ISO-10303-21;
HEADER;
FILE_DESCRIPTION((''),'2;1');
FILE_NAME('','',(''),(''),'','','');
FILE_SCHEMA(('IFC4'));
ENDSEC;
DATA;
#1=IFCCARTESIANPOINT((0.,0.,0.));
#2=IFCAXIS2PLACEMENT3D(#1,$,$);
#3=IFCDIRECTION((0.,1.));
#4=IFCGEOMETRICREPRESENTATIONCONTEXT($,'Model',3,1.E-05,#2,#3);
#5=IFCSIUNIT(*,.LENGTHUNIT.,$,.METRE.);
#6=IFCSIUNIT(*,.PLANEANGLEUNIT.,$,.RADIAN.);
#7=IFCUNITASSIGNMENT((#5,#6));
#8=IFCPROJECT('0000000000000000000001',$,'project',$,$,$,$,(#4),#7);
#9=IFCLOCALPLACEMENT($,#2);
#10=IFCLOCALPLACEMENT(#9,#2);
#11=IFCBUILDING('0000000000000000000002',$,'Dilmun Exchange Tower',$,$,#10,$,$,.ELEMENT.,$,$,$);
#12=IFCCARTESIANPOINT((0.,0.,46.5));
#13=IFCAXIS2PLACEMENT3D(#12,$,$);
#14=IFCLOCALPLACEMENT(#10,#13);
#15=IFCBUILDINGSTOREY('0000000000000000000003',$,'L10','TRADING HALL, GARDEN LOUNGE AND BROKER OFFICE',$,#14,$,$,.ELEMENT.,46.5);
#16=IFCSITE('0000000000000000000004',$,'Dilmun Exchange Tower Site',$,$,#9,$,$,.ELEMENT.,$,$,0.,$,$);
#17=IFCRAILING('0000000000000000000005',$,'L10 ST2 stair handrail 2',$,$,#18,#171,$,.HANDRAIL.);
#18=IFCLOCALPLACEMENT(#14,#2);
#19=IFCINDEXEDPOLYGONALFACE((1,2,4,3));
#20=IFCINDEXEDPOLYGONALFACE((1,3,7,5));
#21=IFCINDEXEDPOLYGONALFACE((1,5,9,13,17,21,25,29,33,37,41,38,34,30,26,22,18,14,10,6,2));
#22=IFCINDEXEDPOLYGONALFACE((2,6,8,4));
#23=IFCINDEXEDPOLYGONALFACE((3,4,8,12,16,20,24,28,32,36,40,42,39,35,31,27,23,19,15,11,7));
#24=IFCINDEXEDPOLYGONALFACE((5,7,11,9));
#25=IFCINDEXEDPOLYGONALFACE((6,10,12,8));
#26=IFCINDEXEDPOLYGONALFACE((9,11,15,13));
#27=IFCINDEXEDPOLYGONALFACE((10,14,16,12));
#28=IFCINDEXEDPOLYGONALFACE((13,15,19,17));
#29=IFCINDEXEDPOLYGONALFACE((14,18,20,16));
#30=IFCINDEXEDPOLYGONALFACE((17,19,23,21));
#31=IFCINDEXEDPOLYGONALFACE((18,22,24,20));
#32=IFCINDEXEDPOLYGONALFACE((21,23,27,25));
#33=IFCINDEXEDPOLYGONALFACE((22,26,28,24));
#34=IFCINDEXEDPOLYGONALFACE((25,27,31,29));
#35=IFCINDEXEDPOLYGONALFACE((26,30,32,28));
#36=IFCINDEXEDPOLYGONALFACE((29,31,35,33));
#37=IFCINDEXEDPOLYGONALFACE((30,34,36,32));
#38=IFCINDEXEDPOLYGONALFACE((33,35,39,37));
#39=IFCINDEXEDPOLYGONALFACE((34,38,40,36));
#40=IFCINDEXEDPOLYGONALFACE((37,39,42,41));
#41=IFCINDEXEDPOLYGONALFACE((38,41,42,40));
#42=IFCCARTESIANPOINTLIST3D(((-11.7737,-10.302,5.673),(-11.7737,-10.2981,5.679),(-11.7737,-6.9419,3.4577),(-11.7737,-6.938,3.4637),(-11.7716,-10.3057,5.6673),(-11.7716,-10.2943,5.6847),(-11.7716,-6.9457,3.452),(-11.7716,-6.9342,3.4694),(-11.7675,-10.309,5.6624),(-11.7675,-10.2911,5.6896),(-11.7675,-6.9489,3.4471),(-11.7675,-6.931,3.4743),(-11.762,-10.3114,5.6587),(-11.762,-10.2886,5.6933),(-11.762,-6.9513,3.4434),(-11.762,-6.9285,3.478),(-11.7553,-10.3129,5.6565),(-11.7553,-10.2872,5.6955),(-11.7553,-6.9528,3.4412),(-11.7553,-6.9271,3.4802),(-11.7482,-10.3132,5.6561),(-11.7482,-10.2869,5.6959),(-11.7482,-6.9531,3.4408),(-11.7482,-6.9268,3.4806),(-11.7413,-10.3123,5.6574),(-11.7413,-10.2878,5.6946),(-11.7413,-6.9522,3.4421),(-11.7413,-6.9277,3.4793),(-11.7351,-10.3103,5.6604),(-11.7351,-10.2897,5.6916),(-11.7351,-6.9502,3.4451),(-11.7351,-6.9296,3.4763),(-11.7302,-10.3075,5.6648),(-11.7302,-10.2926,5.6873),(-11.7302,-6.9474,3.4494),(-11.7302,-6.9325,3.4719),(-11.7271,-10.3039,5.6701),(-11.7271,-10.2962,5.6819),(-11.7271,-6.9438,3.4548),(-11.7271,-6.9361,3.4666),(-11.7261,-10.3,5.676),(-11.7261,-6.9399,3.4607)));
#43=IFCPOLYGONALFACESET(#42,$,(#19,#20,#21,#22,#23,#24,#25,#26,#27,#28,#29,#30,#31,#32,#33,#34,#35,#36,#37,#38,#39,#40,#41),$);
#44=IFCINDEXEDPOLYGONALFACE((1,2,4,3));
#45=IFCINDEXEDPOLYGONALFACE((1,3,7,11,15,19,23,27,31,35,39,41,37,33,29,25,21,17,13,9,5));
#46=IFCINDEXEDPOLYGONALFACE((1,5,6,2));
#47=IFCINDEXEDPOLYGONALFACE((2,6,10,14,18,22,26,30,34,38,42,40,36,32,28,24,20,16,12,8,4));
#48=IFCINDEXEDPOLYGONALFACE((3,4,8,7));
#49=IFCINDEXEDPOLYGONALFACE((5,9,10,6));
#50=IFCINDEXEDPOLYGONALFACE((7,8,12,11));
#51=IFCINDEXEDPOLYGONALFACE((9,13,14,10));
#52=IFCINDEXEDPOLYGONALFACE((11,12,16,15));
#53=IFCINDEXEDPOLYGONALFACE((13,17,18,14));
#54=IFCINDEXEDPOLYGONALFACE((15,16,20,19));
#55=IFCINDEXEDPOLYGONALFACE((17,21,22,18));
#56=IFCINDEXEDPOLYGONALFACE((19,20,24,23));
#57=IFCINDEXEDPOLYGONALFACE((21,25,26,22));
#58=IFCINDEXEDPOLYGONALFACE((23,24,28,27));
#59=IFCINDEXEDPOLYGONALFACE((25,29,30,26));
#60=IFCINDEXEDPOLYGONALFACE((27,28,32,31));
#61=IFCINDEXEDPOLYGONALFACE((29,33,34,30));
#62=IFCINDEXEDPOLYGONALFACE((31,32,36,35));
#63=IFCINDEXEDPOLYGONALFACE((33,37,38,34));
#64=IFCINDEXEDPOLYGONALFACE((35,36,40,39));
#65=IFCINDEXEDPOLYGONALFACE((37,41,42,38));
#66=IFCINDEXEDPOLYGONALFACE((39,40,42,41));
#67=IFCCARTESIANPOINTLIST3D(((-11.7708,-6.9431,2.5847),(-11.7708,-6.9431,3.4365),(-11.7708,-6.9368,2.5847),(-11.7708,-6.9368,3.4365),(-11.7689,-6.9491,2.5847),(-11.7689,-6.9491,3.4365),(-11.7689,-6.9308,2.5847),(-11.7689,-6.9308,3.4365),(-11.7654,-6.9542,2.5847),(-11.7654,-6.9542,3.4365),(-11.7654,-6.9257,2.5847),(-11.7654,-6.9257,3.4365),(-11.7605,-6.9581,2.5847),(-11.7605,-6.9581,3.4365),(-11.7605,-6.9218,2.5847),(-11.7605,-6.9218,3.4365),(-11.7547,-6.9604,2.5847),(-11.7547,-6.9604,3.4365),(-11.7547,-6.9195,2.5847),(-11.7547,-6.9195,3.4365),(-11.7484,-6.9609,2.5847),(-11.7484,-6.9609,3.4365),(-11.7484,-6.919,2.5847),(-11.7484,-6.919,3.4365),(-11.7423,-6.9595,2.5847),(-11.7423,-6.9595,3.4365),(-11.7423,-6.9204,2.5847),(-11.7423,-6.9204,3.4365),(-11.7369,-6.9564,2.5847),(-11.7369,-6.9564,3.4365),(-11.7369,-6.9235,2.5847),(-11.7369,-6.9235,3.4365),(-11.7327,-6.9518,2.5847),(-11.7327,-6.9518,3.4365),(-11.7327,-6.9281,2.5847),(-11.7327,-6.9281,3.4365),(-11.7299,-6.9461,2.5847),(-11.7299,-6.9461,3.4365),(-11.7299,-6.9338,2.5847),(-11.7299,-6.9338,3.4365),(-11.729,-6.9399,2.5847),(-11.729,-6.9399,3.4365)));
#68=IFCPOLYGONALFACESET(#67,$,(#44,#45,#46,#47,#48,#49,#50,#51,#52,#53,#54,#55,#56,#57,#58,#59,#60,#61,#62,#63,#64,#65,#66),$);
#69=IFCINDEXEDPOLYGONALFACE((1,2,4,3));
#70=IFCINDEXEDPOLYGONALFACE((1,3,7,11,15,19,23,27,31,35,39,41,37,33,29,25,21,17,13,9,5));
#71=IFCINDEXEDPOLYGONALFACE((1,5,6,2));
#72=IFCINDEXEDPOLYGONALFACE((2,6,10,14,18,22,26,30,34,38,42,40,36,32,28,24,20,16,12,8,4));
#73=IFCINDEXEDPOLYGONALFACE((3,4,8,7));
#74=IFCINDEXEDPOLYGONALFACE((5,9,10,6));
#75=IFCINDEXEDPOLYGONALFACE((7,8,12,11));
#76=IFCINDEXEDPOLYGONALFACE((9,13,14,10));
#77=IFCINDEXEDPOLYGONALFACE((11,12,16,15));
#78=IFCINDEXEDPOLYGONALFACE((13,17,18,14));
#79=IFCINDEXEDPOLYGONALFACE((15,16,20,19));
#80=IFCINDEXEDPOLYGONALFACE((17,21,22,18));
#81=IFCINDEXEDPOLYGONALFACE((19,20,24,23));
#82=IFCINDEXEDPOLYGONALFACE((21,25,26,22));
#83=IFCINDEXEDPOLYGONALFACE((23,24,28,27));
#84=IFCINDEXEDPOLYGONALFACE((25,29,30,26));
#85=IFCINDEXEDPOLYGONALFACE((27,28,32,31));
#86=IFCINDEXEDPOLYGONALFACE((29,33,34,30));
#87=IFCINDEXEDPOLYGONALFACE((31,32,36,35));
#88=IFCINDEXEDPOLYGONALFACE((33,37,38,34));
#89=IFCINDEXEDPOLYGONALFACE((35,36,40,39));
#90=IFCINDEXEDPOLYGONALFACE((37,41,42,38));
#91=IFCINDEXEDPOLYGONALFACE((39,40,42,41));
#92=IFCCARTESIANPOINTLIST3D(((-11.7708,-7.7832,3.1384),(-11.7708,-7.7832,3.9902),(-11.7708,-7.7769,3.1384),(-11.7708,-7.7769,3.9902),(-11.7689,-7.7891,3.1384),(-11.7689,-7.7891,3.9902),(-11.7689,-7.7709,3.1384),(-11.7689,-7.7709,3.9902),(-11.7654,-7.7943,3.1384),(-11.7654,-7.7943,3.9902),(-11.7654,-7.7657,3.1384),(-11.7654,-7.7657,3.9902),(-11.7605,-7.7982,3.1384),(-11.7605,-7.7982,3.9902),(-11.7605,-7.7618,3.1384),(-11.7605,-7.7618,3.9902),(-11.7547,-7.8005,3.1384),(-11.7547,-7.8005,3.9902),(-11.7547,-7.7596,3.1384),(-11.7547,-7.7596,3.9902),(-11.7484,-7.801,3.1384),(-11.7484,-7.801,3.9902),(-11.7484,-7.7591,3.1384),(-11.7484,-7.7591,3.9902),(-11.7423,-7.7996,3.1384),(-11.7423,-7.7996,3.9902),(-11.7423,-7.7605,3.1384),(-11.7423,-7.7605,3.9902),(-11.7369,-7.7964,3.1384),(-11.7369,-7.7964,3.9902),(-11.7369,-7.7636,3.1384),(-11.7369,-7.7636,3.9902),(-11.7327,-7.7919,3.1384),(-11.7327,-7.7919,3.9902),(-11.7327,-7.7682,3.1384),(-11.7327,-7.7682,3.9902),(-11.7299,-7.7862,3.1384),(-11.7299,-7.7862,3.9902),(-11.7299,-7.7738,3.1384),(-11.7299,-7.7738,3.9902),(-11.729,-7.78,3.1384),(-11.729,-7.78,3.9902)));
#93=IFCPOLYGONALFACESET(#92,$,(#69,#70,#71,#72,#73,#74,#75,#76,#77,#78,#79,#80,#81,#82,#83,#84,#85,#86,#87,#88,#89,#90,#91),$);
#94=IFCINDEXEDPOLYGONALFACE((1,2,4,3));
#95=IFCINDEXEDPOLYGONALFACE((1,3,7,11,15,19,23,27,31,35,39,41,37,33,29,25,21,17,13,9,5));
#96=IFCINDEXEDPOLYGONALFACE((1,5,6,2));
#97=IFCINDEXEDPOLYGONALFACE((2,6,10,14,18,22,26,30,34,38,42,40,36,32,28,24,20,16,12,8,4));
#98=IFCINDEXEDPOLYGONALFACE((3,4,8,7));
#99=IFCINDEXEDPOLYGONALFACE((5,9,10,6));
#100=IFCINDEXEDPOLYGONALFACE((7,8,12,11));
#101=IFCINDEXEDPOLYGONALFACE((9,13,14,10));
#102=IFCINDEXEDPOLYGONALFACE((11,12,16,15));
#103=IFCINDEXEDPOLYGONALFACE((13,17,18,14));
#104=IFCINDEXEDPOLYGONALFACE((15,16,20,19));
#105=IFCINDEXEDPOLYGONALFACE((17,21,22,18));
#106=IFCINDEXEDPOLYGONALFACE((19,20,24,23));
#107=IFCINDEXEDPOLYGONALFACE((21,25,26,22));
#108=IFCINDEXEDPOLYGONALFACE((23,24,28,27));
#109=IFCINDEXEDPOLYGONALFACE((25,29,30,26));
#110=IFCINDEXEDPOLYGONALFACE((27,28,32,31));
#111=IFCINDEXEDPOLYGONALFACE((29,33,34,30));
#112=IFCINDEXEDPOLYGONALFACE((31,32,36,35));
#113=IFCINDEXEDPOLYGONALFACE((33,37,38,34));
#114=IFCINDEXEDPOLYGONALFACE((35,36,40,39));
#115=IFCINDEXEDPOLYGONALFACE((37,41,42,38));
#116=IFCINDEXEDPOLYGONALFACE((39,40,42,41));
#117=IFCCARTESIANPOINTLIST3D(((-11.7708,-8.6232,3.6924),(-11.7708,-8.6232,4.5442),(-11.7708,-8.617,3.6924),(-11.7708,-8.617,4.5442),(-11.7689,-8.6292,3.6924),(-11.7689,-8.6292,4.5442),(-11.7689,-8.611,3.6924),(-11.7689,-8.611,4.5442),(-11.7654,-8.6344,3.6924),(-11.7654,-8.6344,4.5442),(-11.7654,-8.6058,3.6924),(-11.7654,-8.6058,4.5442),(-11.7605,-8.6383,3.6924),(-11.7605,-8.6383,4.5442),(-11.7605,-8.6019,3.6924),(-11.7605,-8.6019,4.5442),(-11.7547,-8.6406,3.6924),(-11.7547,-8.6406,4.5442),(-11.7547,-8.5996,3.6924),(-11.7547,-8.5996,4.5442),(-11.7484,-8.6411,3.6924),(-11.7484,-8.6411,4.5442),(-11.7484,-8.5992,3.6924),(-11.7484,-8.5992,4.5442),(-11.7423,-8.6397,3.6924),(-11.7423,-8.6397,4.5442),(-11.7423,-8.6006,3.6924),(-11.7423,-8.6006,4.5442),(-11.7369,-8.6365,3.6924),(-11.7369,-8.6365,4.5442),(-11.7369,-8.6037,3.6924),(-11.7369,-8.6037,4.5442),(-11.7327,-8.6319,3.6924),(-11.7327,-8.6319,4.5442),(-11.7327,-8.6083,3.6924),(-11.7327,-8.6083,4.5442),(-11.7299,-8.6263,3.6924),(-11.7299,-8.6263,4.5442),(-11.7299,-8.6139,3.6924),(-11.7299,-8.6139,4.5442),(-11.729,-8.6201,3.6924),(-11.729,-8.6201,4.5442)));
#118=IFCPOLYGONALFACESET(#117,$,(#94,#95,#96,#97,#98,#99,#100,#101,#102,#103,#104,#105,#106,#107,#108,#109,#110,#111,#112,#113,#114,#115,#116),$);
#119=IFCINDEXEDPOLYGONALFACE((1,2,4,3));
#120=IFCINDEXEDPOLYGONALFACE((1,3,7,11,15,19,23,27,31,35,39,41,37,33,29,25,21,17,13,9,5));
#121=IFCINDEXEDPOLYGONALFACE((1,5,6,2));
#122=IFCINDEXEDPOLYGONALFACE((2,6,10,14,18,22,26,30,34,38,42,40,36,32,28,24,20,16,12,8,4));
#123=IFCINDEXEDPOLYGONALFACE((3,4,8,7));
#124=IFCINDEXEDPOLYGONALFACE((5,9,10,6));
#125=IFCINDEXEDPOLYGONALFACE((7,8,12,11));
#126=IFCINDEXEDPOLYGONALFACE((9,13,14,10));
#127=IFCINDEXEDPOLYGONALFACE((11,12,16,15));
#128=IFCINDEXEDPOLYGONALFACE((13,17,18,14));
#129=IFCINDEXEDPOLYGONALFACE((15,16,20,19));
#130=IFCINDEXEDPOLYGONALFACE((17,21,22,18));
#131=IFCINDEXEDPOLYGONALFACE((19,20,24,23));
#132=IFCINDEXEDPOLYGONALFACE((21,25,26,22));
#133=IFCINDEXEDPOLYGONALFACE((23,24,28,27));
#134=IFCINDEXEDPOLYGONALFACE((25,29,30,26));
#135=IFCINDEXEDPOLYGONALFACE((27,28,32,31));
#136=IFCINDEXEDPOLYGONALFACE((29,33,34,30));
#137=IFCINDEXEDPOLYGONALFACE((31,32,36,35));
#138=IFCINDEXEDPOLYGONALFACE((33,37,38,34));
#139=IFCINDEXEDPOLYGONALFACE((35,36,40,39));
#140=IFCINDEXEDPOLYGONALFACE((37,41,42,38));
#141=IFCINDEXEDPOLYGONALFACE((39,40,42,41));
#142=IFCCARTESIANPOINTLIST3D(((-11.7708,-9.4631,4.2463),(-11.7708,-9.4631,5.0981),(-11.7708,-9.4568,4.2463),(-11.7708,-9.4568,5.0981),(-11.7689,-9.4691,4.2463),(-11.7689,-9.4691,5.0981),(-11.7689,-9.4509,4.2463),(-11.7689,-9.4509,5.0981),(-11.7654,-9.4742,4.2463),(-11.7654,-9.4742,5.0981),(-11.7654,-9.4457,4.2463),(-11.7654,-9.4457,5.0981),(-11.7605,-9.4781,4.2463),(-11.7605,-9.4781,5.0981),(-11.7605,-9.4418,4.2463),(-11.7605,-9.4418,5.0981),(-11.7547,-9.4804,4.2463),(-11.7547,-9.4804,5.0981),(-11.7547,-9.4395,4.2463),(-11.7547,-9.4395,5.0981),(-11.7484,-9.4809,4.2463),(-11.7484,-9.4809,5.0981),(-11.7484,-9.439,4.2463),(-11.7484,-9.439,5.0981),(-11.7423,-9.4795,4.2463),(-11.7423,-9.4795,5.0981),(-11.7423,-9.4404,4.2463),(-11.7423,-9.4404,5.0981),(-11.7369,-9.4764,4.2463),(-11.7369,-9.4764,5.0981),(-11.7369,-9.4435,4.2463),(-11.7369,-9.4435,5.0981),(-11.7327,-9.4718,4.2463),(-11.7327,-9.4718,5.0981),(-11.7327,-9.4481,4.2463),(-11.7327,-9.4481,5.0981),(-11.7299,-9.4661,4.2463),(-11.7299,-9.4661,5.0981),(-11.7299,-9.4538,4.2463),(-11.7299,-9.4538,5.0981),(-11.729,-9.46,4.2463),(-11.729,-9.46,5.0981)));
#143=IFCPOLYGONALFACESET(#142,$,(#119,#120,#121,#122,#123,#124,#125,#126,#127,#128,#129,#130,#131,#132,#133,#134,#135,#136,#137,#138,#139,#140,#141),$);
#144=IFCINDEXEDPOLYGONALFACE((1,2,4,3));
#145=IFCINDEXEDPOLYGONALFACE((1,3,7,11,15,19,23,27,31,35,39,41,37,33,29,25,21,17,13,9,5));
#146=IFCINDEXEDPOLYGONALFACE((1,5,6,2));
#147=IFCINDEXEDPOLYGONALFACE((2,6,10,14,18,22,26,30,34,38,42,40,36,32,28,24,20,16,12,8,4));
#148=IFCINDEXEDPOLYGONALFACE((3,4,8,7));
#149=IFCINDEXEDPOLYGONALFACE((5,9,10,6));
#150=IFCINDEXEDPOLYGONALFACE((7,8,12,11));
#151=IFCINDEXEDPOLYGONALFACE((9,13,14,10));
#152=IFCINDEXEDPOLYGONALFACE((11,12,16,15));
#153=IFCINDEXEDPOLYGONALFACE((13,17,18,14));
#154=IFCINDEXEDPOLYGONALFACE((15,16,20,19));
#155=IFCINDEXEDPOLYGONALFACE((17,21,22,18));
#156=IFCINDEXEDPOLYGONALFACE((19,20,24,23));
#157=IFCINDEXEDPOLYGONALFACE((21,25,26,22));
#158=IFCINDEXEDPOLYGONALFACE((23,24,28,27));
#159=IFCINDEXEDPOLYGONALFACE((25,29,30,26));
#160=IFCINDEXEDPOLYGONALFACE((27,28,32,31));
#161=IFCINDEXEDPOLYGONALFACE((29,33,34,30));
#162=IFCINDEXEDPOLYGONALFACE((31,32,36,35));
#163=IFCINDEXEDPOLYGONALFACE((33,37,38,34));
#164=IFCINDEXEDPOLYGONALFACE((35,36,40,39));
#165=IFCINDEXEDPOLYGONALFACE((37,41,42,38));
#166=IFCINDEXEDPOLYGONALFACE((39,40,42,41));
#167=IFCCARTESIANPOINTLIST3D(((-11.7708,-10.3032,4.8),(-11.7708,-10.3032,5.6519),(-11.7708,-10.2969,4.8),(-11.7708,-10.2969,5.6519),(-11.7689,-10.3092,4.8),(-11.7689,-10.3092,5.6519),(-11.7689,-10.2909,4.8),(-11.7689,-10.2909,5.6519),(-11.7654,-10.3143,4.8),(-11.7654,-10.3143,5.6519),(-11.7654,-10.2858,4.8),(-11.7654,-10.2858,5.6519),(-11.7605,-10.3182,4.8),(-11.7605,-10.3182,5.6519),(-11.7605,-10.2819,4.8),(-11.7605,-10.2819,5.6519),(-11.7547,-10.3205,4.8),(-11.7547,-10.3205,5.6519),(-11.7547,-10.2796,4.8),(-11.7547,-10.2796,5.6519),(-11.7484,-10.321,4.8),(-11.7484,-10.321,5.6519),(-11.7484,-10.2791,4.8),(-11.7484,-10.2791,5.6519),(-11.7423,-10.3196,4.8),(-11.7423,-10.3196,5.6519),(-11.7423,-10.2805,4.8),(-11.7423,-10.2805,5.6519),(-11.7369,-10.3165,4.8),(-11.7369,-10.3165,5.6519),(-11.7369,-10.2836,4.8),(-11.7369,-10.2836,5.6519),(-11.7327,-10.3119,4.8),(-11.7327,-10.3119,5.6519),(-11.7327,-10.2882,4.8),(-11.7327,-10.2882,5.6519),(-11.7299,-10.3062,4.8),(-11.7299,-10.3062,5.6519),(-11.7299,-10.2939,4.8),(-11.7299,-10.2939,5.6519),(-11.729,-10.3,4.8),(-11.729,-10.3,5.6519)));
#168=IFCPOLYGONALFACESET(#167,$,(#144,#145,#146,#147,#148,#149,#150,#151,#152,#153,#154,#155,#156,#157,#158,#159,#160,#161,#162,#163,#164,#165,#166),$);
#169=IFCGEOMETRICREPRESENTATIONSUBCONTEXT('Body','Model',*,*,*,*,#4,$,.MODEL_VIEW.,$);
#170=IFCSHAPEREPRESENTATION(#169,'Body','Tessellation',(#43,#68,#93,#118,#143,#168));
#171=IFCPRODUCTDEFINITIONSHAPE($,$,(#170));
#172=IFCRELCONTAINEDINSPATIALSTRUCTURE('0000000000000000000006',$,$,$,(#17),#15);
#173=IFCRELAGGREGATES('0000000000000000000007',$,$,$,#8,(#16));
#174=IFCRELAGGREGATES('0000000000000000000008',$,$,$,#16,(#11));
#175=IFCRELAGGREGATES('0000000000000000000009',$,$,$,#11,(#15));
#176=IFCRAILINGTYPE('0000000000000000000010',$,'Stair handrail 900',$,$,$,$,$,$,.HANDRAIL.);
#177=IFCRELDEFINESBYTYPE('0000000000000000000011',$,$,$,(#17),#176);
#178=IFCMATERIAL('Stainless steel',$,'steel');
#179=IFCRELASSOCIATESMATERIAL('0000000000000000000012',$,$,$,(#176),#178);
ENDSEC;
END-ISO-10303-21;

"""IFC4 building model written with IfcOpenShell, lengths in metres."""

from ifc_helpers import new_model, si_unit, direction, frame, origin, origin_2d, place, context, subcontext, project, spatial, circle, extrude, material, type_object, element, save


model = new_model("IFC4")

# Units and contexts
model_context = context("Model", 3, precision=1e-05, world=origin(), true_north=direction((0.0, 1.0)))
body_context = subcontext(model_context, "Body", "Model", "MODEL_VIEW")
ifc_project = project(units=[si_unit("LENGTHUNIT", "METRE"), si_unit("PLANEANGLEUNIT", "RADIAN")], contexts=[model_context])

# Site, building, storey
site_placement = place(None, origin())
site = spatial("IfcSite", under=ifc_project, at=site_placement, Name="Dilmun Exchange Tower Site", CompositionType="ELEMENT", RefElevation=0.0)
building_placement = place(site_placement, origin())
building = spatial("IfcBuilding", under=site, at=building_placement, Name="Dilmun Exchange Tower", CompositionType="ELEMENT")
storey_placement = place(building_placement, frame((0.0, 0.0, 46.5)))
storey = spatial("IfcBuildingStorey", under=building, at=storey_placement, Name="L10", Description="TRADING HALL, GARDEN LOUNGE AND BROKER OFFICE", CompositionType="ELEMENT", Elevation=46.5)

# Railing
ifc_material_1 = material(Name="Stainless steel", Category="steel")
railing_type = type_object("IfcRailingType", Name="Stair handrail 900", PredefinedType="HANDRAIL", material=ifc_material_1)
railing_1_placement = place(storey_placement, frame((-11.75, -6.9399, 2.5847)))
element("IfcRailing", 1, at=railing_1_placement, inside=storey, type_object=railing_type, Name="L10 ST2 stair handrail 2", PredefinedType="HANDRAIL", context=body_context, shape_type="SweptSolid", body=[
    extrude(circle(Radius=0.0239, at=origin_2d()), frame((0.0, 0.0, 0.876), z_axis=(0.0, -0.834876, 0.550437), x_axis=(1.0, 0.0, 0.0)), (0.0, 0.0, 1.0), 4.0247),
    extrude(circle(Radius=0.021, at=origin_2d()), origin(), (0.0, 0.0, 1.0), 0.8518),
    extrude(circle(Radius=0.021, at=origin_2d()), frame((0.0, -0.8401, 0.5537)), (0.0, 0.0, 1.0), 0.8518),
    extrude(circle(Radius=0.021, at=origin_2d()), frame((0.0, -1.6802, 1.1077)), (0.0, 0.0, 1.0), 0.8518),
    extrude(circle(Radius=0.021, at=origin_2d()), frame((0.0, -2.52, 1.6616)), (0.0, 0.0, 1.0), 0.8518),
    extrude(circle(Radius=0.021, at=origin_2d()), frame((0.0, -3.3601, 2.2153)), (0.0, 0.0, 1.0), 0.8518),
])

save(model, "model.ifc")
